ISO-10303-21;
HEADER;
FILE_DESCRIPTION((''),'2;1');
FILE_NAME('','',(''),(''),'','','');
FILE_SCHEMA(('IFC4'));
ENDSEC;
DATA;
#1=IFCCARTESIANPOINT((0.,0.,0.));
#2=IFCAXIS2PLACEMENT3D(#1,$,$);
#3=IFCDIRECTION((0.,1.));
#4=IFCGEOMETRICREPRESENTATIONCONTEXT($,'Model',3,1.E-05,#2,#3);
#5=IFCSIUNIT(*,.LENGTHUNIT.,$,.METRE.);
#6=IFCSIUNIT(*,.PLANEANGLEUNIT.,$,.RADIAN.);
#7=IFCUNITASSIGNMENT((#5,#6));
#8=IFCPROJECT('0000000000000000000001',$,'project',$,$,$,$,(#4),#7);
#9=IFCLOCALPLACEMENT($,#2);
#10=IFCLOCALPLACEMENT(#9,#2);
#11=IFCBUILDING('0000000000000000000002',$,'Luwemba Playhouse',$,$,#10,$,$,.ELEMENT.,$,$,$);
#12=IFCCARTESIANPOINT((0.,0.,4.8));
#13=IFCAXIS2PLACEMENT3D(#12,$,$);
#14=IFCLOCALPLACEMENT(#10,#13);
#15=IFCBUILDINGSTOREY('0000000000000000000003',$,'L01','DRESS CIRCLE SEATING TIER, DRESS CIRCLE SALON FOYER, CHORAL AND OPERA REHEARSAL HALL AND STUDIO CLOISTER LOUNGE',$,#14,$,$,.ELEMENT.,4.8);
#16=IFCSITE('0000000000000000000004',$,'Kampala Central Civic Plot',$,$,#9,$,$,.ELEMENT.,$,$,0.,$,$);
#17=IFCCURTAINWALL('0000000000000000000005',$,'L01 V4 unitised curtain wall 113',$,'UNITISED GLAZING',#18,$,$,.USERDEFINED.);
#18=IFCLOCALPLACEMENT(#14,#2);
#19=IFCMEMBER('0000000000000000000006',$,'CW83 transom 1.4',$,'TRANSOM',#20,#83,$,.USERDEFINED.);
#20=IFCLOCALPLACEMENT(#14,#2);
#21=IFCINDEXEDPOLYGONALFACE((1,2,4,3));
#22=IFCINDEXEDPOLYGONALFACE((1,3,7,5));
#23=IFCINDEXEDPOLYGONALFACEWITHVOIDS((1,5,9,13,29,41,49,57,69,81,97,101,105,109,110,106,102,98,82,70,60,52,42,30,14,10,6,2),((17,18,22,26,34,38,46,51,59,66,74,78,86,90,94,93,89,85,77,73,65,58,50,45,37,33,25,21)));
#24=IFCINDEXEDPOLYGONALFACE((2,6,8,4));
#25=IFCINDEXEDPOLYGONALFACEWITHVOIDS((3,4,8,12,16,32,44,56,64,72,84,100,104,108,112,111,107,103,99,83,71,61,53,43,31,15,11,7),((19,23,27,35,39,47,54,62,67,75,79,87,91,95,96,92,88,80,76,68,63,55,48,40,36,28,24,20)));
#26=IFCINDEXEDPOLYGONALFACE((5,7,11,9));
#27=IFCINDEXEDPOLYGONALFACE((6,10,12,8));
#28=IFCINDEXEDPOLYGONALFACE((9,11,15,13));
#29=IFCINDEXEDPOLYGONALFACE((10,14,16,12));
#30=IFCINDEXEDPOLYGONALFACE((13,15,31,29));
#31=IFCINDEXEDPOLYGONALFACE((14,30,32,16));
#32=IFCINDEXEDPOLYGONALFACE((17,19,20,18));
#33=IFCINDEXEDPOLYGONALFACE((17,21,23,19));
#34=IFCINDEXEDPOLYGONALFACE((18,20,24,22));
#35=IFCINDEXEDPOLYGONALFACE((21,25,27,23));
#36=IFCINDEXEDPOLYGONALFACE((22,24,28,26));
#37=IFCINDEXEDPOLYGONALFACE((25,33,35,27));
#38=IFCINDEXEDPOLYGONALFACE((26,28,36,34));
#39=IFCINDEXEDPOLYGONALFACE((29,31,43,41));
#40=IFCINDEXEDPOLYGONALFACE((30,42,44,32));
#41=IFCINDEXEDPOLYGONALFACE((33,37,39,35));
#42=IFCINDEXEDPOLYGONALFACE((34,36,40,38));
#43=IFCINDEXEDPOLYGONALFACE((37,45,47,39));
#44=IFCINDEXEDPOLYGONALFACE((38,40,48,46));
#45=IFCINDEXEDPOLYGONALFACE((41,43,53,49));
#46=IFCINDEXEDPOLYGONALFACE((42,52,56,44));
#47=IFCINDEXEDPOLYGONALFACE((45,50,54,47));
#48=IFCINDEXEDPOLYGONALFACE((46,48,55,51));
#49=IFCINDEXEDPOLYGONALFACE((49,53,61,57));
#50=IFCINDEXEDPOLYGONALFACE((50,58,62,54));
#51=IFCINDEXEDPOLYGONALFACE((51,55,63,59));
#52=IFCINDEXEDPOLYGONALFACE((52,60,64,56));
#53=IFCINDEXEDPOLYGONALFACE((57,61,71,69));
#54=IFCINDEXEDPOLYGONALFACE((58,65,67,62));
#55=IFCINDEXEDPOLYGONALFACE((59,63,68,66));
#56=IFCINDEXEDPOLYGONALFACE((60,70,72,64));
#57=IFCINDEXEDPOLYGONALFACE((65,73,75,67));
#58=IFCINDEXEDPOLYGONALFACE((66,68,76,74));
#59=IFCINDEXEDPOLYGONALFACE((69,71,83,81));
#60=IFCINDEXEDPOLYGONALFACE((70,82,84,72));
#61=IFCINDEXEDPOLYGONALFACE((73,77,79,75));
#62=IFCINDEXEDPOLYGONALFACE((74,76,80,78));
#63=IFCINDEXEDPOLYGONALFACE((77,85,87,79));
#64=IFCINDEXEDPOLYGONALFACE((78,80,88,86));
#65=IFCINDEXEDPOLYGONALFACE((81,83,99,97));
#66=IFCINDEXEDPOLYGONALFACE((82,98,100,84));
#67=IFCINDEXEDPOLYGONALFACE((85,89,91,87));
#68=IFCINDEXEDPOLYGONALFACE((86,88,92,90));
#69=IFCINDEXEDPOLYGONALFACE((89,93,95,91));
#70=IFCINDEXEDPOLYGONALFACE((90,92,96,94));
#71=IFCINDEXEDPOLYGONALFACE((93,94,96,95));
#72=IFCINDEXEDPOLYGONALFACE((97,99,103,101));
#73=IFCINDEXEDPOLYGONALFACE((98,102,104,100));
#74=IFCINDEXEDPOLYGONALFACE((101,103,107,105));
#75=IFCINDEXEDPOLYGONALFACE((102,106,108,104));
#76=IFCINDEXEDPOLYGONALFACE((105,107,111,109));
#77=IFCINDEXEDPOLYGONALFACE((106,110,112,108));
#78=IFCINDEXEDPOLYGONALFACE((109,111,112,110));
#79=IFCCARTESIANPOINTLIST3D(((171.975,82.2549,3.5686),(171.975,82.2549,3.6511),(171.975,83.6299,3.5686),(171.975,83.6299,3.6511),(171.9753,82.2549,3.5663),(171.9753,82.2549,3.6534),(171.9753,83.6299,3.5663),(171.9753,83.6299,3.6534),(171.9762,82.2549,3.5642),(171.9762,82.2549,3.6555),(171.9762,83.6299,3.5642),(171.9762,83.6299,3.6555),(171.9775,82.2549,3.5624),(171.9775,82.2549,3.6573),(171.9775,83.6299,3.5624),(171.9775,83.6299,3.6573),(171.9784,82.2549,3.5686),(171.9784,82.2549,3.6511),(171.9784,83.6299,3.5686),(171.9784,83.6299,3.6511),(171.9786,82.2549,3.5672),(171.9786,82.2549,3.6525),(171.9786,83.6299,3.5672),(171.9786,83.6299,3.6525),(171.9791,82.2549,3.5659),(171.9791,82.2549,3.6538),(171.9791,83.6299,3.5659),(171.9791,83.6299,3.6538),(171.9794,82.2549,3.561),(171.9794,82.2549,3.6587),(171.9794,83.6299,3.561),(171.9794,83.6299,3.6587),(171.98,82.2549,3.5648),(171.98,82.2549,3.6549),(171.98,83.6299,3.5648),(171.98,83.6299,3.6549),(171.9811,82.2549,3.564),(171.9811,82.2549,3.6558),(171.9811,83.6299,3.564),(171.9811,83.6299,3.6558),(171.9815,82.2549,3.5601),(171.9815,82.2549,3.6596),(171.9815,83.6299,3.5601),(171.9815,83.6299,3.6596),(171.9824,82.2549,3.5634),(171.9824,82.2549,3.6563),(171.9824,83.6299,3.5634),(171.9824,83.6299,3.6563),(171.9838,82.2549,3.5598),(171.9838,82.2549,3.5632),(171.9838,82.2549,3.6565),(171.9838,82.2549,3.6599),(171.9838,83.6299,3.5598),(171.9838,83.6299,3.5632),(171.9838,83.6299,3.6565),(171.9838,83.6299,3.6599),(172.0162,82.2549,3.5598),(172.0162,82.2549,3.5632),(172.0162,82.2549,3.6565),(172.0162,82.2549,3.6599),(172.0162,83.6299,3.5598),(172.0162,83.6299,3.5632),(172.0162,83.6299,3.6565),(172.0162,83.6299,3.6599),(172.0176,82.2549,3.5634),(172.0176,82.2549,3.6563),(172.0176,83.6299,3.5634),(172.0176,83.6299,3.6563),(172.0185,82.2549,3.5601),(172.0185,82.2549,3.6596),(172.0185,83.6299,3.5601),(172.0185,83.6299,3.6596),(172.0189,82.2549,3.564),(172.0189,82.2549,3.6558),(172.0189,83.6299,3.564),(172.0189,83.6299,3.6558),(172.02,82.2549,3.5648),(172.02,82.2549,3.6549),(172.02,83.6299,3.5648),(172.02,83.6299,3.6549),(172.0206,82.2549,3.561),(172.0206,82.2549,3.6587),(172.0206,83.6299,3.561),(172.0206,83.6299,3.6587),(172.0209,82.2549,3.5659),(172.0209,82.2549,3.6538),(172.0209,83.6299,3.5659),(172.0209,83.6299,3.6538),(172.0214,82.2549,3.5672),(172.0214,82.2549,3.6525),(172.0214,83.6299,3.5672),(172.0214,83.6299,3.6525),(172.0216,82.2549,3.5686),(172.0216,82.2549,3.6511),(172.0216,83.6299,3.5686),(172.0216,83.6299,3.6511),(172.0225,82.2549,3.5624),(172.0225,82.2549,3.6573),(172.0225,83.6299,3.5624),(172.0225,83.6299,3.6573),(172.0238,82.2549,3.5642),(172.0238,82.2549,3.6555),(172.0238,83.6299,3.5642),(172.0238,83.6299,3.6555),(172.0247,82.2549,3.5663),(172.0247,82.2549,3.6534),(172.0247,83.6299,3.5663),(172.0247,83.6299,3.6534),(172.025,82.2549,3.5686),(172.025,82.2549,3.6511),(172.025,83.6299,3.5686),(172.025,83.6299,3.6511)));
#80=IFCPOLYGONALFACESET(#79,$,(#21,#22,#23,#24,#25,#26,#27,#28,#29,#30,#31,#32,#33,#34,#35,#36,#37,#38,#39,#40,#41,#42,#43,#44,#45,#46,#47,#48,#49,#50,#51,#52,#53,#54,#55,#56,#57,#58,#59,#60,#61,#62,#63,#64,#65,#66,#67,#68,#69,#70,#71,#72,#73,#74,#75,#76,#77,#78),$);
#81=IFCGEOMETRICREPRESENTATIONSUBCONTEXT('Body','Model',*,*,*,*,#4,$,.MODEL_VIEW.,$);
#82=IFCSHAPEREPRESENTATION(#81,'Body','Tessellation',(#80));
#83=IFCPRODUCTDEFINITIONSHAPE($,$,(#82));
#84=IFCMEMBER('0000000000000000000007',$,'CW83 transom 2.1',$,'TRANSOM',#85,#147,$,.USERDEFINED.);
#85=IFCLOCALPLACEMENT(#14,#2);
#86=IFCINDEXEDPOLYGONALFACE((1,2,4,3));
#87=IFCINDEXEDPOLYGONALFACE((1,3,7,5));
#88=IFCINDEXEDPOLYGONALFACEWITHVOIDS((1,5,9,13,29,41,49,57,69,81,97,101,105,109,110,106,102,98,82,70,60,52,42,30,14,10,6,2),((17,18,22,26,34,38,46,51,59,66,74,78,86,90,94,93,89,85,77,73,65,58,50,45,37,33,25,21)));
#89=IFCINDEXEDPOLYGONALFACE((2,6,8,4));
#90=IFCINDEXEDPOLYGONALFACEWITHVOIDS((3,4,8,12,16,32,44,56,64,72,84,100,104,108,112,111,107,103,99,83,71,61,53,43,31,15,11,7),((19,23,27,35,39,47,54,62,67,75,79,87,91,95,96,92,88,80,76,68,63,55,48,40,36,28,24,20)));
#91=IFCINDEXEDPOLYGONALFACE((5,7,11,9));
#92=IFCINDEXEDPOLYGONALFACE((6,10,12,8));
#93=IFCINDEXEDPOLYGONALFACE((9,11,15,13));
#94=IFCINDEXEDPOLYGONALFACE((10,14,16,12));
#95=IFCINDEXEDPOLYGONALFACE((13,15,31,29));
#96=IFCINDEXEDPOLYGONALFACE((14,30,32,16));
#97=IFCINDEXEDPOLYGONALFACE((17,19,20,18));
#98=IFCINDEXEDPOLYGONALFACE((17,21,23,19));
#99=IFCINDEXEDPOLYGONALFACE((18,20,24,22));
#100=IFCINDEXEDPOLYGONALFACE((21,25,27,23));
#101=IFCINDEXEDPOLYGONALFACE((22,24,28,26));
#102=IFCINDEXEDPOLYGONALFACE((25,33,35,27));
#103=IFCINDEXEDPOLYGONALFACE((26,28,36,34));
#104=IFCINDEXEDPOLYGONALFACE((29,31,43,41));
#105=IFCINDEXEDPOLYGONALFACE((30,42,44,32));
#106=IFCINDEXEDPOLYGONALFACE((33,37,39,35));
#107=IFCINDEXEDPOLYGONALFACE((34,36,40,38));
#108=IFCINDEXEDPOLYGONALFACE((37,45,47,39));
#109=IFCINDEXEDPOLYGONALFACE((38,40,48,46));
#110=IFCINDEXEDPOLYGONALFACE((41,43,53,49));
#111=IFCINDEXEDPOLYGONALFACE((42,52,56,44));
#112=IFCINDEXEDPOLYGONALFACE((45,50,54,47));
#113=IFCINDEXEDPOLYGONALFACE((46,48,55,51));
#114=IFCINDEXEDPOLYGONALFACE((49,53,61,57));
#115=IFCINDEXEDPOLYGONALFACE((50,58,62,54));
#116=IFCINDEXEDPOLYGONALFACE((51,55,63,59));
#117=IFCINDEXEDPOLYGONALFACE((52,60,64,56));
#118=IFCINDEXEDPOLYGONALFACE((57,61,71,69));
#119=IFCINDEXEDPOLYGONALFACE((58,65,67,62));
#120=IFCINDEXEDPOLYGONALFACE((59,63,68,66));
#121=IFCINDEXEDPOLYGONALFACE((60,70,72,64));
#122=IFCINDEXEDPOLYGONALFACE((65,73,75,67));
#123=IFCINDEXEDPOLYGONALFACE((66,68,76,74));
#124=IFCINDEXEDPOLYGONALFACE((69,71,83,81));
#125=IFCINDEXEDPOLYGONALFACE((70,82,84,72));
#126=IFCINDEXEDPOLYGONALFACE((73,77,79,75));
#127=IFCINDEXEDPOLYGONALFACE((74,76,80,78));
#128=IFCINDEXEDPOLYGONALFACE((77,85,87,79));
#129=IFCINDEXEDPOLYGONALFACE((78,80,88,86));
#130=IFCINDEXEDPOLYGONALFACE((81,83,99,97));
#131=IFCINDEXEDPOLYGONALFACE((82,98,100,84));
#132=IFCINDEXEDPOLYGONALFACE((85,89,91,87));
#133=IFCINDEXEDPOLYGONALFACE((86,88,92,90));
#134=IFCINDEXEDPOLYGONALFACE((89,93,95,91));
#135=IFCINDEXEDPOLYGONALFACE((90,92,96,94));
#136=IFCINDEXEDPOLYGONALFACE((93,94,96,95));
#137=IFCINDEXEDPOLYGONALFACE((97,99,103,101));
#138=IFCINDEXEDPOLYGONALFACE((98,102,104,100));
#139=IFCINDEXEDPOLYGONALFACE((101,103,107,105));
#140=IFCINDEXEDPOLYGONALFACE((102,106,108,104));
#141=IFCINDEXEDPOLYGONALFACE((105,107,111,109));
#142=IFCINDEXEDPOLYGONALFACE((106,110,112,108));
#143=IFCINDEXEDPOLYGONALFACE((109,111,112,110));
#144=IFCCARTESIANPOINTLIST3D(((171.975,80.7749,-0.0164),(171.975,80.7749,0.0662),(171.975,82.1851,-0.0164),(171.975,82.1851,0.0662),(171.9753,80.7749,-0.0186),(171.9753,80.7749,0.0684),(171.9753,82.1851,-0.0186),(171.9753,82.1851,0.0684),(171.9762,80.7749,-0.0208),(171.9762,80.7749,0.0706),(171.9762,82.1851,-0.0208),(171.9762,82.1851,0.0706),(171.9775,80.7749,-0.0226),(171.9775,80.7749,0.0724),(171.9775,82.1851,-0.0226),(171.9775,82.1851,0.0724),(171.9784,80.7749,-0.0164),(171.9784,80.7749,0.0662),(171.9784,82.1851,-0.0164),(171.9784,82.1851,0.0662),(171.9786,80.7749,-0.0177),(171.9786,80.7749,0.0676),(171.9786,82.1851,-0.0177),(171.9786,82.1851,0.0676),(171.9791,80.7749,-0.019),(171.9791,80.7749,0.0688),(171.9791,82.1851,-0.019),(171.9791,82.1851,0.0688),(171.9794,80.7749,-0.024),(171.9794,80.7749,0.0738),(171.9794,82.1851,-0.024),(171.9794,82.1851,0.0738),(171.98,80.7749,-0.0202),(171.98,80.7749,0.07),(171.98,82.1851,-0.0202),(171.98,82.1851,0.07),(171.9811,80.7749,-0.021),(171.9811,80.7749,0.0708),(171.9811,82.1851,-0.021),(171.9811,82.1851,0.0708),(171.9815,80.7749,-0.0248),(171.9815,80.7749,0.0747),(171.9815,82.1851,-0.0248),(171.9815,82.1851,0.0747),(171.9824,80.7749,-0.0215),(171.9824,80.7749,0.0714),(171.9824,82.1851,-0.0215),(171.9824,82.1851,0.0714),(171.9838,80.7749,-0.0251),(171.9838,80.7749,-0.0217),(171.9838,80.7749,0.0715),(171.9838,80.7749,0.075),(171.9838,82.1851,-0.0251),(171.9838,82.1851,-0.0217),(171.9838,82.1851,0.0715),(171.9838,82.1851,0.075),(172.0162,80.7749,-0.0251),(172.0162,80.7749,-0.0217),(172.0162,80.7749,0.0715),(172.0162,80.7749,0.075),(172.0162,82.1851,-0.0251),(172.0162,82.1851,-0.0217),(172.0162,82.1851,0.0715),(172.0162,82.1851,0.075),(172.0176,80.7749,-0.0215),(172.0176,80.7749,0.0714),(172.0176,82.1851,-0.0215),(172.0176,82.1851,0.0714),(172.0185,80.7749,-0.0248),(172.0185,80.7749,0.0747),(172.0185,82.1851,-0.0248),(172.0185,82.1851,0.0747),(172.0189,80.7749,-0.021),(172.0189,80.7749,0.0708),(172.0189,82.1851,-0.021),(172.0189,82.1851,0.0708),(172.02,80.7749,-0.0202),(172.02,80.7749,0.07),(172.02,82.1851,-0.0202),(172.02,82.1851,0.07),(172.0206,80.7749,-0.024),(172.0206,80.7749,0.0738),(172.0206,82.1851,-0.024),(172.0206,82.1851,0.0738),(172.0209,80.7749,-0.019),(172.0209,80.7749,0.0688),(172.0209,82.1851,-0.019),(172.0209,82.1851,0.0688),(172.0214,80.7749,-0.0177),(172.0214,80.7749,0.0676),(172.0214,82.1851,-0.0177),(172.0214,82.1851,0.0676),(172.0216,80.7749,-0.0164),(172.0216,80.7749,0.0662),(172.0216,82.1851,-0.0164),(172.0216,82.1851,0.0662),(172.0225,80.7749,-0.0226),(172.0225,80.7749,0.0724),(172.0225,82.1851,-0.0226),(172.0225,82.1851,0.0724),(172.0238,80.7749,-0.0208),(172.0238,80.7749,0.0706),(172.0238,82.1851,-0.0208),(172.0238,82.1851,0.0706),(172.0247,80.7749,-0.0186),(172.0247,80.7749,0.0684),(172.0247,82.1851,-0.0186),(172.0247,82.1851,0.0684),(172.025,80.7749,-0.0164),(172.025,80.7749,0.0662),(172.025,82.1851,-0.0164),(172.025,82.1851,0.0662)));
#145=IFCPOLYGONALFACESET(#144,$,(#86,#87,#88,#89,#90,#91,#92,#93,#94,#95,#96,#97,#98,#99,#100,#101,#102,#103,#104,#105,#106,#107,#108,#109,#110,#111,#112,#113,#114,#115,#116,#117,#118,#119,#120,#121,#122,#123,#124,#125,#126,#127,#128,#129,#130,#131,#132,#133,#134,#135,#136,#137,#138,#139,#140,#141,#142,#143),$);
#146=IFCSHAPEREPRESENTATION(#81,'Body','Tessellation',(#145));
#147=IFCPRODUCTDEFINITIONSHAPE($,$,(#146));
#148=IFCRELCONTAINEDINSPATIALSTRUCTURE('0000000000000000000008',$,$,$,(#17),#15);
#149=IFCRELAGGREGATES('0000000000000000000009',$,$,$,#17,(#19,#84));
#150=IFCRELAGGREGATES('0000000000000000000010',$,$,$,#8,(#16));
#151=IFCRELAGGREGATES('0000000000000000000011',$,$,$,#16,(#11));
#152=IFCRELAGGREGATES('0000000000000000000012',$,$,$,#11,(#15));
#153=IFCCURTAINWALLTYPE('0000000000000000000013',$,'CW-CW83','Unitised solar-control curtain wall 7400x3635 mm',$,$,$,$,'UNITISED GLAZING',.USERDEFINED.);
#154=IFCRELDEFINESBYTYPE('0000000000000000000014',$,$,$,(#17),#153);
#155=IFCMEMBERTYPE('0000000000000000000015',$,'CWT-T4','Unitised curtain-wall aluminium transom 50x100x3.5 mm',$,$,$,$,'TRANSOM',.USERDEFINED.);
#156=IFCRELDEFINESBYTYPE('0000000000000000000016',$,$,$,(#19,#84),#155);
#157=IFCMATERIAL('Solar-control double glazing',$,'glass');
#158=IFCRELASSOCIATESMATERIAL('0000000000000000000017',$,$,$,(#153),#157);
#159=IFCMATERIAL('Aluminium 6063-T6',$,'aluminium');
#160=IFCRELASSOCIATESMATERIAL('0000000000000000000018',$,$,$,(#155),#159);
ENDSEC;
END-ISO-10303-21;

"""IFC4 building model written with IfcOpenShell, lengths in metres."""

from ifc_helpers import new_model, si_unit, direction, frame, origin, origin_2d, place, context, subcontext, project, spatial, hollow_rectangle, extrude, material, material_profile, profile_set, type_object, element, aggregate, save


model = new_model("IFC4")

# Units and contexts
model_context = context("Model", 3, precision=1e-05, world=origin(), true_north=direction((0.0, 1.0)))
body_context = subcontext(model_context, "Body", "Model", "MODEL_VIEW")
ifc_project = project(units=[si_unit("LENGTHUNIT", "METRE"), si_unit("PLANEANGLEUNIT", "RADIAN")], contexts=[model_context])

# Site, building, storey
site_placement = place(None, origin())
site = spatial("IfcSite", under=ifc_project, at=site_placement, Name="Kampala Central Civic Plot", CompositionType="ELEMENT", RefElevation=0.0)
building_placement = place(site_placement, origin())
building = spatial("IfcBuilding", under=site, at=building_placement, Name="Luwemba Playhouse", CompositionType="ELEMENT")
storey_placement = place(building_placement, frame((0.0, 0.0, 4.8)))
storey = spatial("IfcBuildingStorey", under=building, at=storey_placement, Name="L01", Description="DRESS CIRCLE SEATING TIER, DRESS CIRCLE SALON FOYER, CHORAL AND OPERA REHEARSAL HALL AND STUDIO CLOISTER LOUNGE", CompositionType="ELEMENT", Elevation=4.8)

# Curtain wall, members
ifc_material_1 = material(Name="Solar-control double glazing", Category="glass")
curtain_wall_type = type_object("IfcCurtainWallType", Name="CW-CW83", Description="Unitised solar-control curtain wall 7400x3635 mm", ElementType="UNITISED GLAZING", PredefinedType="USERDEFINED", material=ifc_material_1)
curtain_wall_placement = place(storey_placement, origin())
curtain_wall = element("IfcCurtainWall", 1, at=curtain_wall_placement, inside=storey, type_object=curtain_wall_type, Name="L01 V4 unitised curtain wall 113", ObjectType="UNITISED GLAZING", PredefinedType="USERDEFINED")
ifc_material_2 = material(Name="Aluminium 6063-T6", Category="aluminium")
ifc_material_profile_1 = material_profile(ifc_material_2, hollow_rectangle(XDim=0.05, YDim=0.1001, WallThickness=0.0034, InnerFilletRadius=0.0054, OuterFilletRadius=0.0088, at=origin_2d()))
ifc_profile_set_1 = profile_set([ifc_material_profile_1], Name="Aluminium 6063-T6")
member_type_1 = type_object("IfcMemberType", Name="CWT-T4", Description="Unitised curtain-wall aluminium transom 50x100x3.5 mm", ElementType="TRANSOM", PredefinedType="USERDEFINED", material=ifc_profile_set_1)
member_1_placement = place(storey_placement, frame((172.0, 83.6299, 3.6099), z_axis=(0.0, -1.0, 0.0), x_axis=(1.0, 0.0, 0.0)))
member_1 = element("IfcMember", 2, at=member_1_placement, type_object=member_type_1, Name="CW83 transom 1.4", ObjectType="TRANSOM", PredefinedType="USERDEFINED", context=body_context, shape_type="SweptSolid", body=[
    extrude(hollow_rectangle(XDim=0.05, YDim=0.1001, WallThickness=0.0034, InnerFilletRadius=0.0054, OuterFilletRadius=0.0088, at=origin_2d()), origin(), (0.0, 0.0, 1.0), 1.375),
])
member_2_placement = place(storey_placement, frame((172.0, 82.1851, 0.0249), z_axis=(0.0, -1.0, 0.0), x_axis=(1.0, 0.0, 0.0)))
member_2 = element("IfcMember", 3, at=member_2_placement, type_object=member_type_1, Name="CW83 transom 2.1", ObjectType="TRANSOM", PredefinedType="USERDEFINED", context=body_context, shape_type="SweptSolid", body=[
    extrude(hollow_rectangle(XDim=0.05, YDim=0.1001, WallThickness=0.0034, InnerFilletRadius=0.0054, OuterFilletRadius=0.0088, at=origin_2d()), origin(), (0.0, 0.0, 1.0), 1.4102),
])
aggregate(curtain_wall, [member_1, member_2])

save(model, "model.ifc")
